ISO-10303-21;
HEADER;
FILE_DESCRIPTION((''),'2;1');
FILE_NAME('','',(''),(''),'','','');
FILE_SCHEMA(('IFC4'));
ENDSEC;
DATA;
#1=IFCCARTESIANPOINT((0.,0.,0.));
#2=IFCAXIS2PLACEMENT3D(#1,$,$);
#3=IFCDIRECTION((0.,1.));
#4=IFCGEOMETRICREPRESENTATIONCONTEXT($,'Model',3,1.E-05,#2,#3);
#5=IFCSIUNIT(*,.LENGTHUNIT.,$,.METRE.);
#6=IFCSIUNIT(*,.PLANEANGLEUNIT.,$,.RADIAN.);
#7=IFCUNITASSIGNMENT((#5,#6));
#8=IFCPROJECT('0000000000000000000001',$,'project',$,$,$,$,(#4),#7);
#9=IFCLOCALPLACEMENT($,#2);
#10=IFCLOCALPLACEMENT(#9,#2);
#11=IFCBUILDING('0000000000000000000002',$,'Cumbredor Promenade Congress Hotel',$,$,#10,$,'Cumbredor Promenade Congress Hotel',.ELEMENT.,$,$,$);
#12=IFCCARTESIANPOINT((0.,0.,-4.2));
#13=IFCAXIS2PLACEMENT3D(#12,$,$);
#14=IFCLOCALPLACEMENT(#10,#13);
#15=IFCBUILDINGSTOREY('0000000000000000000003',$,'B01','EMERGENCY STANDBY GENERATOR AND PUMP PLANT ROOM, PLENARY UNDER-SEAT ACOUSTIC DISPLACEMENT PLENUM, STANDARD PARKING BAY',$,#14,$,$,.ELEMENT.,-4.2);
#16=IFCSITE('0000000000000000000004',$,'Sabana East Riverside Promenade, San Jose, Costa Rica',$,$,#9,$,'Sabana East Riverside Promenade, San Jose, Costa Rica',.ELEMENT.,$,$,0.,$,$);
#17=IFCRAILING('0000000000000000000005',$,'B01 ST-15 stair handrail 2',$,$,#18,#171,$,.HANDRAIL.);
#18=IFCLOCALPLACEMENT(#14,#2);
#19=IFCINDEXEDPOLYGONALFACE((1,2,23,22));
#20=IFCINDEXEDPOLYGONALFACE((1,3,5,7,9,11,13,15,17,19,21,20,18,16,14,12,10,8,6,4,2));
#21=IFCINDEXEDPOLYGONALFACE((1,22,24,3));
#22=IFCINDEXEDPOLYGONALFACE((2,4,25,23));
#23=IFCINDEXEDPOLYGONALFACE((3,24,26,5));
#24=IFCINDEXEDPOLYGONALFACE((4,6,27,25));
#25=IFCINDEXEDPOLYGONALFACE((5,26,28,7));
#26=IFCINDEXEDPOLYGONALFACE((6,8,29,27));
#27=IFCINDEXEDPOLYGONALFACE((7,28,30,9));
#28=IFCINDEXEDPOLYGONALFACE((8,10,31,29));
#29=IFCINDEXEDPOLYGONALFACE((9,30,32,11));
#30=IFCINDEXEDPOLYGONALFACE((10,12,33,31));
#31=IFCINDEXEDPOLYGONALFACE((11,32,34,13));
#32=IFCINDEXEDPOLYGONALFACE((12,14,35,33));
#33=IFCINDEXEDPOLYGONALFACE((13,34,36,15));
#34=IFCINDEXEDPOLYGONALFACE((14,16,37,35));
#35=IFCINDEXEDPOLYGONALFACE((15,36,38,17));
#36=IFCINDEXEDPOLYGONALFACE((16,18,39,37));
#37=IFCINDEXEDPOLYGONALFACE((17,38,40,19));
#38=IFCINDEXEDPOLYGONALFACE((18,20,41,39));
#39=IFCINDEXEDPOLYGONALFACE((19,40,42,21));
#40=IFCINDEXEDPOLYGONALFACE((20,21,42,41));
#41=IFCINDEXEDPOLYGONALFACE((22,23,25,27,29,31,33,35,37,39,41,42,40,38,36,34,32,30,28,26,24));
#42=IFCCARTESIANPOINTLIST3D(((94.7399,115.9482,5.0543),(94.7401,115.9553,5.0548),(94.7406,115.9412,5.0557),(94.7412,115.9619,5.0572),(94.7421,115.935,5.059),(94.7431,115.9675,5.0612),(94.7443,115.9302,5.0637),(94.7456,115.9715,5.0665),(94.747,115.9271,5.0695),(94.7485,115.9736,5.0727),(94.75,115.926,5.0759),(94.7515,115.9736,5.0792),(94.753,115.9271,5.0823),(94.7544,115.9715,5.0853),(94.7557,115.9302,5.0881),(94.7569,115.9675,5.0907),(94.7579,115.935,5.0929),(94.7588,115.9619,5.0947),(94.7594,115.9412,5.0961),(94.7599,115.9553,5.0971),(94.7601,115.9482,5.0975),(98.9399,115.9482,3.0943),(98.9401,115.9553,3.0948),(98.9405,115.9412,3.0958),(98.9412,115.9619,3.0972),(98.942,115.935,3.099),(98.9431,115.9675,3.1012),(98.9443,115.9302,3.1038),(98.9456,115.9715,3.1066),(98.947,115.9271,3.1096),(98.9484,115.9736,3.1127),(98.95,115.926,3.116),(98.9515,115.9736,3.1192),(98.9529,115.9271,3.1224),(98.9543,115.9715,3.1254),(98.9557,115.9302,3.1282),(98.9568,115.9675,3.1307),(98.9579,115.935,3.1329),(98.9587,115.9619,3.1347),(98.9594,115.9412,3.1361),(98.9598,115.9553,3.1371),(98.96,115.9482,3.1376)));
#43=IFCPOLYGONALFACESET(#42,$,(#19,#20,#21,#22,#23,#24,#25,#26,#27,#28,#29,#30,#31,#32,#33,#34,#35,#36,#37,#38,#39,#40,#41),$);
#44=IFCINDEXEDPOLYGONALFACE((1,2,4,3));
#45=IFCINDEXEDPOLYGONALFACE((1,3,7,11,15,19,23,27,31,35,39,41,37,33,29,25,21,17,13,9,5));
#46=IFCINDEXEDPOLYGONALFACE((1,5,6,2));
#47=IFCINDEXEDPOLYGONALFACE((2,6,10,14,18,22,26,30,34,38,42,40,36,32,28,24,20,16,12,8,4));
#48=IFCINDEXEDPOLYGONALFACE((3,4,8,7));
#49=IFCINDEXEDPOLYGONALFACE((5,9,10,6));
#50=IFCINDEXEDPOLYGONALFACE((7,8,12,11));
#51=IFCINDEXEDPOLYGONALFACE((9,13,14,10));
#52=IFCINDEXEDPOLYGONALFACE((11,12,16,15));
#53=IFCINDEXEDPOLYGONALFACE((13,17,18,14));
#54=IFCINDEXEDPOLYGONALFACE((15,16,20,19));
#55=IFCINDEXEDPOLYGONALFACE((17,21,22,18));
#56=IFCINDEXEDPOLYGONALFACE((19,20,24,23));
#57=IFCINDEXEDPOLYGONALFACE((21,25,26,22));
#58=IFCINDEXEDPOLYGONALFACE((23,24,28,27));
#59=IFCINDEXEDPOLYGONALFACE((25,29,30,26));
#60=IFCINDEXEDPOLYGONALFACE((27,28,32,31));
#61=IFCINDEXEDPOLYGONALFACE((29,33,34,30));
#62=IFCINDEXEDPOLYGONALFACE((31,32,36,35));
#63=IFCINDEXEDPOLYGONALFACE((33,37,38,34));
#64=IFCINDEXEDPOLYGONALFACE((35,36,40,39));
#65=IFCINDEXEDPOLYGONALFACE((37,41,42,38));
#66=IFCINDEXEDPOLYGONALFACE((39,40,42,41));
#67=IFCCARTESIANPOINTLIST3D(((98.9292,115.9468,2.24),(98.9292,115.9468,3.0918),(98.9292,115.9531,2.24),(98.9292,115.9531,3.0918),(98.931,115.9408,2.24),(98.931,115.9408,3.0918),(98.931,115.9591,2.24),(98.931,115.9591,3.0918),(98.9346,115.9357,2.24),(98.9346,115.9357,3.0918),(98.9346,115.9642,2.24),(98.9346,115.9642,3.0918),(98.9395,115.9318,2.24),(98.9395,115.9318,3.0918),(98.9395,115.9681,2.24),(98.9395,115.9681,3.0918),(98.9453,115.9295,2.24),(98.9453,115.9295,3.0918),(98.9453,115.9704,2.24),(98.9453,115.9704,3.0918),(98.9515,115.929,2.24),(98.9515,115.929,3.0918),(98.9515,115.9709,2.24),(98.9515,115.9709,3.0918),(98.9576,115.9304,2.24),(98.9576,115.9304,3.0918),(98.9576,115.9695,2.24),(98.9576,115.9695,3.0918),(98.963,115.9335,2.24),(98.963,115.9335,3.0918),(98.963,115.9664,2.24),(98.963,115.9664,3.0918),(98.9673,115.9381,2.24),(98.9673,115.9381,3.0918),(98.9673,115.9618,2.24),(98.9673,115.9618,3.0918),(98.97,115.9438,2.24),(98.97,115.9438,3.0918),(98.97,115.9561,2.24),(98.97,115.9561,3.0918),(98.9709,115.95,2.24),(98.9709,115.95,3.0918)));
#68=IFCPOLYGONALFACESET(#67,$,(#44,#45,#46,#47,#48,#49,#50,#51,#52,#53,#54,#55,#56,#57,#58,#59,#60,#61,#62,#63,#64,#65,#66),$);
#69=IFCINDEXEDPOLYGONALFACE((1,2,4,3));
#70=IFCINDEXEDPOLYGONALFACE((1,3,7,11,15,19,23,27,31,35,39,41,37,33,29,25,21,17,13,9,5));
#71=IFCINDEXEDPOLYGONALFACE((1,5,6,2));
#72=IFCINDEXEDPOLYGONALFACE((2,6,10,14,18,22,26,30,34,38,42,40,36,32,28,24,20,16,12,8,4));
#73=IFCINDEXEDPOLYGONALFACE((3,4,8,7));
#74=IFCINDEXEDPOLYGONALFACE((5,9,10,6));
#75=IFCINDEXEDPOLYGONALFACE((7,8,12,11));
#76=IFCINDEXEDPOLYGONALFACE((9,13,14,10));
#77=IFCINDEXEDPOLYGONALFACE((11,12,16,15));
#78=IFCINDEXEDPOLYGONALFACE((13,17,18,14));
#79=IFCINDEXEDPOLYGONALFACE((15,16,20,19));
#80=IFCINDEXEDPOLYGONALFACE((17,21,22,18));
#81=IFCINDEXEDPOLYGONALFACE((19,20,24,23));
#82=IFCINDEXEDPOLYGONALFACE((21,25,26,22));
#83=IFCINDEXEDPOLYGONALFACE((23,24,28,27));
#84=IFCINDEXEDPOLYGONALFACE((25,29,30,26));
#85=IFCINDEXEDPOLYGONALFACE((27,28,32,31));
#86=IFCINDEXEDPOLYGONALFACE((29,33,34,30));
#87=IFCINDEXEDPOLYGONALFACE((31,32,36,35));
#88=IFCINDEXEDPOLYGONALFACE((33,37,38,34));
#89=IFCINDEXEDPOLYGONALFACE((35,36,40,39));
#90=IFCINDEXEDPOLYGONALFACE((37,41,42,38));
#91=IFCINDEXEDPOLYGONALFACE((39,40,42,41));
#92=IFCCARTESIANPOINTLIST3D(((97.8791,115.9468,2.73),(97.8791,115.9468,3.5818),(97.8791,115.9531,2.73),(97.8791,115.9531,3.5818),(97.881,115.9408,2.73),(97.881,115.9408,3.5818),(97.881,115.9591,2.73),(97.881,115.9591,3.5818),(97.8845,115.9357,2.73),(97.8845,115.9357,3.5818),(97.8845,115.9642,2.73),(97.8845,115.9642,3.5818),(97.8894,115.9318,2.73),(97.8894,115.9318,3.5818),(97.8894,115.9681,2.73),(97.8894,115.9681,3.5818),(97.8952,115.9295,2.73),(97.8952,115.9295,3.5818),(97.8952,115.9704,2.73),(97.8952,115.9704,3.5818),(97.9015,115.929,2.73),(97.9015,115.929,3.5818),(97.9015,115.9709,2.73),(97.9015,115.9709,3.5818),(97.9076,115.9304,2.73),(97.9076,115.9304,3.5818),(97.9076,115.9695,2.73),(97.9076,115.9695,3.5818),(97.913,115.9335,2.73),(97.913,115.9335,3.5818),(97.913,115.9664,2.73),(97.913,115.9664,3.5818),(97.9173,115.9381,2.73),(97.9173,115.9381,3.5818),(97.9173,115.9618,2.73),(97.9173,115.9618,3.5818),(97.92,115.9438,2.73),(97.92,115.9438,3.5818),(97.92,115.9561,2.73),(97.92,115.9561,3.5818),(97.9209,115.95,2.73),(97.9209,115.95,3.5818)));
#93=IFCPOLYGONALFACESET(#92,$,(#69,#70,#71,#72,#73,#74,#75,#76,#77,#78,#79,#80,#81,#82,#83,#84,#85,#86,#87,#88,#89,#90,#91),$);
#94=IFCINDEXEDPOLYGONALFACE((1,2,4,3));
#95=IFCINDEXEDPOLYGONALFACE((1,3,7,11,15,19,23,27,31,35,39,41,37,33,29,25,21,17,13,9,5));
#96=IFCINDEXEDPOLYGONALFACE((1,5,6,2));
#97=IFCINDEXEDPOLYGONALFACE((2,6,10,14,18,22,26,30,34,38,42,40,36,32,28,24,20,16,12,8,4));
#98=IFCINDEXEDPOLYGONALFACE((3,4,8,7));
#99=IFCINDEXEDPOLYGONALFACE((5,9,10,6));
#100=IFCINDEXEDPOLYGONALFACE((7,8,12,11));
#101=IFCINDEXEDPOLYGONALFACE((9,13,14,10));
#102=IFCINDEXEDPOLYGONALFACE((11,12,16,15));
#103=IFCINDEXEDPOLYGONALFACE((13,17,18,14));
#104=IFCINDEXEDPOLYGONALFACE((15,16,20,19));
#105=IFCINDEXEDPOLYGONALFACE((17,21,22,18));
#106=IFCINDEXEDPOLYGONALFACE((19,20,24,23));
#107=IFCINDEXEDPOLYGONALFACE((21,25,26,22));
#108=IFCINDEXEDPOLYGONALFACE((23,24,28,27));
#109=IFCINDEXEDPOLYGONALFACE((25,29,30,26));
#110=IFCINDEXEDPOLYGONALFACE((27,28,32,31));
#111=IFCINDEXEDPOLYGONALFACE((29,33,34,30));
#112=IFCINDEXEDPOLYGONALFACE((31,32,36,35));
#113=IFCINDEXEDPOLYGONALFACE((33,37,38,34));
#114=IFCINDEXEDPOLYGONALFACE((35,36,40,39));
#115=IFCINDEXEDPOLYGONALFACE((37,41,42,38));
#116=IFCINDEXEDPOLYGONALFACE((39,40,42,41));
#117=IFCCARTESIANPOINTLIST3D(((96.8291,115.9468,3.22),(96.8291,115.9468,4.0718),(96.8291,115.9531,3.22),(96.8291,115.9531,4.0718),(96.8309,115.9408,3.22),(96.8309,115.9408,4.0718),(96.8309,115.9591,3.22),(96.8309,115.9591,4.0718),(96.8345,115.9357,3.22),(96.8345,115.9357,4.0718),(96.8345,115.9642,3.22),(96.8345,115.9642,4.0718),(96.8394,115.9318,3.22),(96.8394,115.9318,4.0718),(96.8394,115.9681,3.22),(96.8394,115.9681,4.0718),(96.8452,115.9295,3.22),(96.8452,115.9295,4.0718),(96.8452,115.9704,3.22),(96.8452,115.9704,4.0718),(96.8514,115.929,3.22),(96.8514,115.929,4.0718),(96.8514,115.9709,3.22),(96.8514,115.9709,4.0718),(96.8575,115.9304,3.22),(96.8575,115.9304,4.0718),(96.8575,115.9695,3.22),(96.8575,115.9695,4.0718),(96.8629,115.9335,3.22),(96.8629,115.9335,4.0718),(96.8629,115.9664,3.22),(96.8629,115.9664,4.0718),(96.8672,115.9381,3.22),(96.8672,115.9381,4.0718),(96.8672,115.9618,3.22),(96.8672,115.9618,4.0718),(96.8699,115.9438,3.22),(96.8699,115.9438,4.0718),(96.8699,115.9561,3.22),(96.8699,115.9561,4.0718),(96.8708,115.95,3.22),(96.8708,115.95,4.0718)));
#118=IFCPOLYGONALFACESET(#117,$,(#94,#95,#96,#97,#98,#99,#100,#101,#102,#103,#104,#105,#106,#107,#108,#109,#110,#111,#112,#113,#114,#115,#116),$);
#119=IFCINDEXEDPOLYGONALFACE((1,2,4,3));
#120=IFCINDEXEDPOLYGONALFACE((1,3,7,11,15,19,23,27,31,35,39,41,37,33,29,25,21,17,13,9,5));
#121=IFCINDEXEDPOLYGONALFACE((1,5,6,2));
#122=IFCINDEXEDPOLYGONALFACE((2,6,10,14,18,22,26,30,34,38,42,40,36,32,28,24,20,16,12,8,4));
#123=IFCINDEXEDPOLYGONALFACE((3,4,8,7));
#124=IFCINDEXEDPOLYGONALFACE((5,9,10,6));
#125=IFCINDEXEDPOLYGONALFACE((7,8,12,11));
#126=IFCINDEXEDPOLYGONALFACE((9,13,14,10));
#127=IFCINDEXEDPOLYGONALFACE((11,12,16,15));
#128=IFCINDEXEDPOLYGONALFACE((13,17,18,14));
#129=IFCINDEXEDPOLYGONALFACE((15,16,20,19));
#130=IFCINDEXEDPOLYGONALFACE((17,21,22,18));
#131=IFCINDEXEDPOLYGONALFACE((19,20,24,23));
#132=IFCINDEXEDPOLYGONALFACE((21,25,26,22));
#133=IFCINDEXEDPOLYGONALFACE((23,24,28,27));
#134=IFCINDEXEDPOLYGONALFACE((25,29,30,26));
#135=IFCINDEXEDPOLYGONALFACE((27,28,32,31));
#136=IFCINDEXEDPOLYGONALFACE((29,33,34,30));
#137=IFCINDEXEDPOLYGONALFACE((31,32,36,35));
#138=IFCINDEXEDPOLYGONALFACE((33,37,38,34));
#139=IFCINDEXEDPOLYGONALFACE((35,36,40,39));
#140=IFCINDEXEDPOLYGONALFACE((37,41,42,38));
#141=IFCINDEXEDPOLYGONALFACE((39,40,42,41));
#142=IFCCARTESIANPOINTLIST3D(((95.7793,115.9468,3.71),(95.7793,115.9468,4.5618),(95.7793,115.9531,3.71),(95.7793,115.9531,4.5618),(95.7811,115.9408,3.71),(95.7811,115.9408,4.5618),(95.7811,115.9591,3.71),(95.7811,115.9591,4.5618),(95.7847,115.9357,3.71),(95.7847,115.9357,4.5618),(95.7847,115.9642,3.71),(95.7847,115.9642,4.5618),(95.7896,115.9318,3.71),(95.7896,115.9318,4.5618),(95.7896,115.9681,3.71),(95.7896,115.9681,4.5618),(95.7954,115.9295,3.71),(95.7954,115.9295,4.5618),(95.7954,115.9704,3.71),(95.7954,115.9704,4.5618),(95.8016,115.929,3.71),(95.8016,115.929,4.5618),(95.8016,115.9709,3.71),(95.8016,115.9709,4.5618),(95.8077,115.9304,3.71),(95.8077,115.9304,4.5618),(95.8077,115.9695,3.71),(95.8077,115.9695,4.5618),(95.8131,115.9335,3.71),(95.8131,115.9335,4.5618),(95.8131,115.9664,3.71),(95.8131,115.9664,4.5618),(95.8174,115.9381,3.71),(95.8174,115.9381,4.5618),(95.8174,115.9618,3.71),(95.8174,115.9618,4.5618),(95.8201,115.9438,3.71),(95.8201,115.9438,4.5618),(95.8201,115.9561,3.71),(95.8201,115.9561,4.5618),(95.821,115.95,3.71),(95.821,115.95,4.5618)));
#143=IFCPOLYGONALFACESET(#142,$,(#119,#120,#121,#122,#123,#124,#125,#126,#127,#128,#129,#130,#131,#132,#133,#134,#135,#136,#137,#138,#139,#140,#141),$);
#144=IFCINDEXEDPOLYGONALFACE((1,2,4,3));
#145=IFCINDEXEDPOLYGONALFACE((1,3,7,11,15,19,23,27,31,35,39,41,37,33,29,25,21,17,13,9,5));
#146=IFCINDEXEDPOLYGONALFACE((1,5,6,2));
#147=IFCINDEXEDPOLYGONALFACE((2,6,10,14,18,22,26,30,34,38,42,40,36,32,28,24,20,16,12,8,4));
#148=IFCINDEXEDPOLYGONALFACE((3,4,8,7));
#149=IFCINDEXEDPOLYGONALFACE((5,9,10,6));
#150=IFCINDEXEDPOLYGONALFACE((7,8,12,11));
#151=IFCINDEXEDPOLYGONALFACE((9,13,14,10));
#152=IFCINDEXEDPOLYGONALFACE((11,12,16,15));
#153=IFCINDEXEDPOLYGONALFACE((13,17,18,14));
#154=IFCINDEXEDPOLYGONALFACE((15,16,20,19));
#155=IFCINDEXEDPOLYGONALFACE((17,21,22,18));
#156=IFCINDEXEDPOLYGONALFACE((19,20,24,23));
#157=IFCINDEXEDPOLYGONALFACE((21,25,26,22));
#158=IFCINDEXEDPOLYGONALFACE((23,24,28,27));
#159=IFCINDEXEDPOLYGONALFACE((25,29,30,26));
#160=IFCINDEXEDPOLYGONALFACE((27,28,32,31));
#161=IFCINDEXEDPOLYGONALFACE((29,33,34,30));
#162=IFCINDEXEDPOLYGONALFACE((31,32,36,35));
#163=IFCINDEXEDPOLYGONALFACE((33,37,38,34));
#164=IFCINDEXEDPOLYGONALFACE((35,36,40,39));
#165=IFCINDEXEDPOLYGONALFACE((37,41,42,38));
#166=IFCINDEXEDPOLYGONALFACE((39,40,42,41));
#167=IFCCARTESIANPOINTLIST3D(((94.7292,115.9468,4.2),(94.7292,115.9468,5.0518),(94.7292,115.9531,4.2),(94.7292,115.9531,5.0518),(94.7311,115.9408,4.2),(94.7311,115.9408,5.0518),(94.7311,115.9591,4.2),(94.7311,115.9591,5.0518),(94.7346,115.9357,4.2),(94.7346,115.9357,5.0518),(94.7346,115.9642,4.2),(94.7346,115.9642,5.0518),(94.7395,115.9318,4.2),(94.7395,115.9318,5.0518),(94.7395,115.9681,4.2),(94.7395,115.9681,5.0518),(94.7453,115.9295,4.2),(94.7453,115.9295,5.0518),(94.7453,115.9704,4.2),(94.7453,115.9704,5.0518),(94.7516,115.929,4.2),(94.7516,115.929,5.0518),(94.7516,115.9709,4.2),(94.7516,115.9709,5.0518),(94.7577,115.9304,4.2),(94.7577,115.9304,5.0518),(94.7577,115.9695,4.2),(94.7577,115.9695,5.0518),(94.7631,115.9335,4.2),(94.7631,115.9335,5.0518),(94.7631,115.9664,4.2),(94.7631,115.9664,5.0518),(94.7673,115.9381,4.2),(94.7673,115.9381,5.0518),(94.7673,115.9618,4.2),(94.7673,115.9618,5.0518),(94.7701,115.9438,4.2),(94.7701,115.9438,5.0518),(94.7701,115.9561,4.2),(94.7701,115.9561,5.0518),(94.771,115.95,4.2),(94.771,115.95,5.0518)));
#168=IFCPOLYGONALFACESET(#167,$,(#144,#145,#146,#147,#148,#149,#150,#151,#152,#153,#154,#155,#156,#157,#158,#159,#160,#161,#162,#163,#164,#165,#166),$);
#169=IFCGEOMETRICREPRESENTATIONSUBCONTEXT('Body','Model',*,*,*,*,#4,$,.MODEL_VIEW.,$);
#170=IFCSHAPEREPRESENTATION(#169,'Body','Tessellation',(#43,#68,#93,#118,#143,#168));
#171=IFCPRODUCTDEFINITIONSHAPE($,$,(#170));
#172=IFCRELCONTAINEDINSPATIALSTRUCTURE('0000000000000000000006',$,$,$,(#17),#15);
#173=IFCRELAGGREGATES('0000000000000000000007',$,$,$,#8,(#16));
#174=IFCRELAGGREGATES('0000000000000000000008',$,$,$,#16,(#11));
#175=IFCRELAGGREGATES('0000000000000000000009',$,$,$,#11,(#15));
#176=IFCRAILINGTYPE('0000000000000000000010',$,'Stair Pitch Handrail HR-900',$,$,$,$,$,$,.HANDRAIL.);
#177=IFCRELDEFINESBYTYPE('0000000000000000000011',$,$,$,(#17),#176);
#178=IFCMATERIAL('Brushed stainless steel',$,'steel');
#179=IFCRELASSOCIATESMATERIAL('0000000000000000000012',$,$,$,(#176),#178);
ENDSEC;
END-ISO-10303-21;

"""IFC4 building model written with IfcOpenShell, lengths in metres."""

from ifc_helpers import new_model, si_unit, direction, frame, origin, origin_2d, place, context, subcontext, project, spatial, circle, extrude, material, type_object, element, save


model = new_model("IFC4")

# Units and contexts
model_context = context("Model", 3, precision=1e-05, world=origin(), true_north=direction((0.0, 1.0)))
body_context = subcontext(model_context, "Body", "Model", "MODEL_VIEW")
ifc_project = project(units=[si_unit("LENGTHUNIT", "METRE"), si_unit("PLANEANGLEUNIT", "RADIAN")], contexts=[model_context])

# Site, building, storey
site_placement = place(None, origin())
site = spatial("IfcSite", under=ifc_project, at=site_placement, Name="Sabana East Riverside Promenade, San Jose, Costa Rica", LongName="Sabana East Riverside Promenade, San Jose, Costa Rica", CompositionType="ELEMENT", RefElevation=0.0)
building_placement = place(site_placement, origin())
building = spatial("IfcBuilding", under=site, at=building_placement, Name="Cumbredor Promenade Congress Hotel", LongName="Cumbredor Promenade Congress Hotel", CompositionType="ELEMENT")
storey_placement = place(building_placement, frame((0.0, 0.0, -4.2)))
storey = spatial("IfcBuildingStorey", under=building, at=storey_placement, Name="B01", Description="EMERGENCY STANDBY GENERATOR AND PUMP PLANT ROOM, PLENARY UNDER-SEAT ACOUSTIC DISPLACEMENT PLENUM, STANDARD PARKING BAY", CompositionType="ELEMENT", Elevation=-4.2)

# Railing
ifc_material_1 = material(Name="Brushed stainless steel", Category="steel")
railing_type_1 = type_object("IfcRailingType", Name="Stair Pitch Handrail HR-900", PredefinedType="HANDRAIL", material=ifc_material_1)
railing_1_placement = place(storey_placement, frame((98.95, 115.95, 2.24)))
element("IfcRailing", 1, at=railing_1_placement, inside=storey, type_object=railing_type_1, Name="B01 ST-15 stair handrail 2", PredefinedType="HANDRAIL", context=body_context, shape_type="SweptSolid", body=[
    extrude(circle(Radius=0.0239, at=origin_2d()), frame((0.0, 0.0, 0.876), z_axis=(-0.906184, 0.0, 0.422883), x_axis=(0.0, -1.0, 0.0)), (0.0, 0.0, 1.0), 4.6348),
    extrude(circle(Radius=0.021, at=origin_2d()), origin(), (0.0, 0.0, 1.0), 0.8518),
    extrude(circle(Radius=0.021, at=origin_2d()), frame((-1.05, 0.0, 0.49)), (0.0, 0.0, 1.0), 0.8518),
    extrude(circle(Radius=0.021, at=origin_2d()), frame((-2.1001, 0.0, 0.98)), (0.0, 0.0, 1.0), 0.8518),
    extrude(circle(Radius=0.021, at=origin_2d()), frame((-3.1499, 0.0, 1.47)), (0.0, 0.0, 1.0), 0.8518),
    extrude(circle(Radius=0.021, at=origin_2d()), frame((-4.2, 0.0, 1.96)), (0.0, 0.0, 1.0), 0.8518),
])

save(model, "model.ifc")
